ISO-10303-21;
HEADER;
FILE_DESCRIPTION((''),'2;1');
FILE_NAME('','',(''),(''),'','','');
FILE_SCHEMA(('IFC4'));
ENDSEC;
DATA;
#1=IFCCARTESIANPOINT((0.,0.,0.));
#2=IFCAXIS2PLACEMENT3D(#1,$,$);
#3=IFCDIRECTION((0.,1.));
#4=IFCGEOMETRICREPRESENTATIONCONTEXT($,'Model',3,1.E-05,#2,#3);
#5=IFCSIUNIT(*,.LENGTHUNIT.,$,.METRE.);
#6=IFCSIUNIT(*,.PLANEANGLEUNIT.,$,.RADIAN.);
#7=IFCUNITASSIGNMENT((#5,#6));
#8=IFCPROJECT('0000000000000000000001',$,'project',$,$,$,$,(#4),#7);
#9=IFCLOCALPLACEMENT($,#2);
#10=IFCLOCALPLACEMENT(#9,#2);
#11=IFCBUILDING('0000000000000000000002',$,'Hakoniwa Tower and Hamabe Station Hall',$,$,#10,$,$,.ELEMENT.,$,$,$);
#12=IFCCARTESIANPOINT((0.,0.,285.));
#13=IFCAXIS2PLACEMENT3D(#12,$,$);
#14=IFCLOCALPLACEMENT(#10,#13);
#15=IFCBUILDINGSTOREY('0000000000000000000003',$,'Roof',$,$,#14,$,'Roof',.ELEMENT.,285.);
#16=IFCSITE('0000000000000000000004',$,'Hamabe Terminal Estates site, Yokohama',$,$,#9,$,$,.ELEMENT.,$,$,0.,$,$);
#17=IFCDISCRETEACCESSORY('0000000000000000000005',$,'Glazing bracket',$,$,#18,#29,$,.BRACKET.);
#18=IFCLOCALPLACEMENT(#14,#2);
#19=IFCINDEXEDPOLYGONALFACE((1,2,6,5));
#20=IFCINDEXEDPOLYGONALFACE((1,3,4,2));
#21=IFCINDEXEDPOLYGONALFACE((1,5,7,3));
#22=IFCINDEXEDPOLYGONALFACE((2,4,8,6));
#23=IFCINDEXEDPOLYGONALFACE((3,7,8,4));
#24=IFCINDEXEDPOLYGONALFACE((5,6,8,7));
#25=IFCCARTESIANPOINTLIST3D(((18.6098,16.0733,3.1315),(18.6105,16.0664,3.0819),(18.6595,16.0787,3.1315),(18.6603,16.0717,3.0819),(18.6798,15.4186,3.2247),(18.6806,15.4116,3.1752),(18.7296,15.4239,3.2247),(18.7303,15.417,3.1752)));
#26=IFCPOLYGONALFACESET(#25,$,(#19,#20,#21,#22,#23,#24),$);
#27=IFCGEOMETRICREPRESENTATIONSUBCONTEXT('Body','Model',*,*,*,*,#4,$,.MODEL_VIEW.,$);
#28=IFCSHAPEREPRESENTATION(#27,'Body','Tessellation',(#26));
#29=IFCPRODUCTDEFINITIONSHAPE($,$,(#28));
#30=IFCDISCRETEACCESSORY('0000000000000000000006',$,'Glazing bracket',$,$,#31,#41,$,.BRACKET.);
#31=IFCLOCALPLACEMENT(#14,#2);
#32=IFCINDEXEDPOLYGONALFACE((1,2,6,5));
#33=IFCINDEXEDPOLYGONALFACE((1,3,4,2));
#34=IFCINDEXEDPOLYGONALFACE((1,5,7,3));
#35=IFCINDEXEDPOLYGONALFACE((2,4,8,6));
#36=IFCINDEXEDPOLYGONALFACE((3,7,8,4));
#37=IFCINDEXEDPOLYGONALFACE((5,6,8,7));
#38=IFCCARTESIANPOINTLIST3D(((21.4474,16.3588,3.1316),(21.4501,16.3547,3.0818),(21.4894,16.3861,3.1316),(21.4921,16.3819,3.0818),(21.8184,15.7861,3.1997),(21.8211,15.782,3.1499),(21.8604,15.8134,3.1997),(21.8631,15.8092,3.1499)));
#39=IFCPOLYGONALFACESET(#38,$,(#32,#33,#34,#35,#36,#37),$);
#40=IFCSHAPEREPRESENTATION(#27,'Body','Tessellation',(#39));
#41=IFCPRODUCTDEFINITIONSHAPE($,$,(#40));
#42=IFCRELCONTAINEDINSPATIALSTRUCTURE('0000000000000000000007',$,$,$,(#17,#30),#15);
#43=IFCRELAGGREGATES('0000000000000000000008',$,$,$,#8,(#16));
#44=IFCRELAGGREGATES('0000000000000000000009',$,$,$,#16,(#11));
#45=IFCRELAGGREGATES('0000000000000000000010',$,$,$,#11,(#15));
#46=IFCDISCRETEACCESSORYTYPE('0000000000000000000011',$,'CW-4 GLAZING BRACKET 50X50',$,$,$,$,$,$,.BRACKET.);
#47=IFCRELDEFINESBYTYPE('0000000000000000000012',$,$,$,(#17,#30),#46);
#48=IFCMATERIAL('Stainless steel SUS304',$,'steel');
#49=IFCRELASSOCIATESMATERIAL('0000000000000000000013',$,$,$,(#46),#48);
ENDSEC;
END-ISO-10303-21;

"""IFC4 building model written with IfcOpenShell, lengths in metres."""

from ifc_helpers import new_model, si_unit, direction, frame, origin, origin_2d, place, context, subcontext, project, spatial, rectangle, extrude, material, material_profile, profile_set, type_object, element, save


model = new_model("IFC4")

# Units and contexts
model_context = context("Model", 3, precision=1e-05, world=origin(), true_north=direction((0.0, 1.0)))
body_context = subcontext(model_context, "Body", "Model", "MODEL_VIEW")
ifc_project = project(units=[si_unit("LENGTHUNIT", "METRE"), si_unit("PLANEANGLEUNIT", "RADIAN")], contexts=[model_context])

# Site, building, storey
site_placement = place(None, origin())
site = spatial("IfcSite", under=ifc_project, at=site_placement, Name="Hamabe Terminal Estates site, Yokohama", CompositionType="ELEMENT", RefElevation=0.0)
building_placement = place(site_placement, origin())
building = spatial("IfcBuilding", under=site, at=building_placement, Name="Hakoniwa Tower and Hamabe Station Hall", CompositionType="ELEMENT")
storey_placement = place(building_placement, frame((0.0, 0.0, 285.0)))
storey = spatial("IfcBuildingStorey", under=building, at=storey_placement, Name="Roof", LongName="Roof", CompositionType="ELEMENT", Elevation=285.0)

# Discrete accessories
ifc_material_1 = material(Name="Stainless steel SUS304", Category="steel")
ifc_material_profile_1 = material_profile(ifc_material_1, rectangle(XDim=0.05, YDim=0.05, at=origin_2d()), Name="CW-4 GLAZING BRACKET 50X50")
ifc_profile_set_1 = profile_set([ifc_material_profile_1], Name="Stainless steel SUS304")
discrete_accessory_type = type_object("IfcDiscreteAccessoryType", Name="CW-4 GLAZING BRACKET 50X50", PredefinedType="BRACKET", material=ifc_profile_set_1)
discrete_accessory_1_placement = place(storey_placement, frame((18.635, 16.0725, 3.1067), z_axis=(0.105351, -0.984499, 0.140223), x_axis=(0.994323, 0.106402, 0.0)))
element("IfcDiscreteAccessory", 1, at=discrete_accessory_1_placement, inside=storey, type_object=discrete_accessory_type, Name="Glazing bracket", PredefinedType="BRACKET", context=body_context, shape_type="SweptSolid", body=[
    extrude(rectangle(XDim=0.05, YDim=0.05, at=origin_2d()), origin(), (0.0, 0.0, 1.0), 0.665),
])
discrete_accessory_2_placement = place(storey_placement, frame((21.4697, 16.3704, 3.1067), z_axis=(0.541067, -0.835095, 0.099314), x_axis=(0.839244, 0.543755, 0.0)))
element("IfcDiscreteAccessory", 2, at=discrete_accessory_2_placement, inside=storey, type_object=discrete_accessory_type, Name="Glazing bracket", PredefinedType="BRACKET", context=body_context, shape_type="SweptSolid", body=[
    extrude(rectangle(XDim=0.05, YDim=0.05, at=origin_2d()), origin(), (0.0, 0.0, 1.0), 0.6858),
])

save(model, "model.ifc")
